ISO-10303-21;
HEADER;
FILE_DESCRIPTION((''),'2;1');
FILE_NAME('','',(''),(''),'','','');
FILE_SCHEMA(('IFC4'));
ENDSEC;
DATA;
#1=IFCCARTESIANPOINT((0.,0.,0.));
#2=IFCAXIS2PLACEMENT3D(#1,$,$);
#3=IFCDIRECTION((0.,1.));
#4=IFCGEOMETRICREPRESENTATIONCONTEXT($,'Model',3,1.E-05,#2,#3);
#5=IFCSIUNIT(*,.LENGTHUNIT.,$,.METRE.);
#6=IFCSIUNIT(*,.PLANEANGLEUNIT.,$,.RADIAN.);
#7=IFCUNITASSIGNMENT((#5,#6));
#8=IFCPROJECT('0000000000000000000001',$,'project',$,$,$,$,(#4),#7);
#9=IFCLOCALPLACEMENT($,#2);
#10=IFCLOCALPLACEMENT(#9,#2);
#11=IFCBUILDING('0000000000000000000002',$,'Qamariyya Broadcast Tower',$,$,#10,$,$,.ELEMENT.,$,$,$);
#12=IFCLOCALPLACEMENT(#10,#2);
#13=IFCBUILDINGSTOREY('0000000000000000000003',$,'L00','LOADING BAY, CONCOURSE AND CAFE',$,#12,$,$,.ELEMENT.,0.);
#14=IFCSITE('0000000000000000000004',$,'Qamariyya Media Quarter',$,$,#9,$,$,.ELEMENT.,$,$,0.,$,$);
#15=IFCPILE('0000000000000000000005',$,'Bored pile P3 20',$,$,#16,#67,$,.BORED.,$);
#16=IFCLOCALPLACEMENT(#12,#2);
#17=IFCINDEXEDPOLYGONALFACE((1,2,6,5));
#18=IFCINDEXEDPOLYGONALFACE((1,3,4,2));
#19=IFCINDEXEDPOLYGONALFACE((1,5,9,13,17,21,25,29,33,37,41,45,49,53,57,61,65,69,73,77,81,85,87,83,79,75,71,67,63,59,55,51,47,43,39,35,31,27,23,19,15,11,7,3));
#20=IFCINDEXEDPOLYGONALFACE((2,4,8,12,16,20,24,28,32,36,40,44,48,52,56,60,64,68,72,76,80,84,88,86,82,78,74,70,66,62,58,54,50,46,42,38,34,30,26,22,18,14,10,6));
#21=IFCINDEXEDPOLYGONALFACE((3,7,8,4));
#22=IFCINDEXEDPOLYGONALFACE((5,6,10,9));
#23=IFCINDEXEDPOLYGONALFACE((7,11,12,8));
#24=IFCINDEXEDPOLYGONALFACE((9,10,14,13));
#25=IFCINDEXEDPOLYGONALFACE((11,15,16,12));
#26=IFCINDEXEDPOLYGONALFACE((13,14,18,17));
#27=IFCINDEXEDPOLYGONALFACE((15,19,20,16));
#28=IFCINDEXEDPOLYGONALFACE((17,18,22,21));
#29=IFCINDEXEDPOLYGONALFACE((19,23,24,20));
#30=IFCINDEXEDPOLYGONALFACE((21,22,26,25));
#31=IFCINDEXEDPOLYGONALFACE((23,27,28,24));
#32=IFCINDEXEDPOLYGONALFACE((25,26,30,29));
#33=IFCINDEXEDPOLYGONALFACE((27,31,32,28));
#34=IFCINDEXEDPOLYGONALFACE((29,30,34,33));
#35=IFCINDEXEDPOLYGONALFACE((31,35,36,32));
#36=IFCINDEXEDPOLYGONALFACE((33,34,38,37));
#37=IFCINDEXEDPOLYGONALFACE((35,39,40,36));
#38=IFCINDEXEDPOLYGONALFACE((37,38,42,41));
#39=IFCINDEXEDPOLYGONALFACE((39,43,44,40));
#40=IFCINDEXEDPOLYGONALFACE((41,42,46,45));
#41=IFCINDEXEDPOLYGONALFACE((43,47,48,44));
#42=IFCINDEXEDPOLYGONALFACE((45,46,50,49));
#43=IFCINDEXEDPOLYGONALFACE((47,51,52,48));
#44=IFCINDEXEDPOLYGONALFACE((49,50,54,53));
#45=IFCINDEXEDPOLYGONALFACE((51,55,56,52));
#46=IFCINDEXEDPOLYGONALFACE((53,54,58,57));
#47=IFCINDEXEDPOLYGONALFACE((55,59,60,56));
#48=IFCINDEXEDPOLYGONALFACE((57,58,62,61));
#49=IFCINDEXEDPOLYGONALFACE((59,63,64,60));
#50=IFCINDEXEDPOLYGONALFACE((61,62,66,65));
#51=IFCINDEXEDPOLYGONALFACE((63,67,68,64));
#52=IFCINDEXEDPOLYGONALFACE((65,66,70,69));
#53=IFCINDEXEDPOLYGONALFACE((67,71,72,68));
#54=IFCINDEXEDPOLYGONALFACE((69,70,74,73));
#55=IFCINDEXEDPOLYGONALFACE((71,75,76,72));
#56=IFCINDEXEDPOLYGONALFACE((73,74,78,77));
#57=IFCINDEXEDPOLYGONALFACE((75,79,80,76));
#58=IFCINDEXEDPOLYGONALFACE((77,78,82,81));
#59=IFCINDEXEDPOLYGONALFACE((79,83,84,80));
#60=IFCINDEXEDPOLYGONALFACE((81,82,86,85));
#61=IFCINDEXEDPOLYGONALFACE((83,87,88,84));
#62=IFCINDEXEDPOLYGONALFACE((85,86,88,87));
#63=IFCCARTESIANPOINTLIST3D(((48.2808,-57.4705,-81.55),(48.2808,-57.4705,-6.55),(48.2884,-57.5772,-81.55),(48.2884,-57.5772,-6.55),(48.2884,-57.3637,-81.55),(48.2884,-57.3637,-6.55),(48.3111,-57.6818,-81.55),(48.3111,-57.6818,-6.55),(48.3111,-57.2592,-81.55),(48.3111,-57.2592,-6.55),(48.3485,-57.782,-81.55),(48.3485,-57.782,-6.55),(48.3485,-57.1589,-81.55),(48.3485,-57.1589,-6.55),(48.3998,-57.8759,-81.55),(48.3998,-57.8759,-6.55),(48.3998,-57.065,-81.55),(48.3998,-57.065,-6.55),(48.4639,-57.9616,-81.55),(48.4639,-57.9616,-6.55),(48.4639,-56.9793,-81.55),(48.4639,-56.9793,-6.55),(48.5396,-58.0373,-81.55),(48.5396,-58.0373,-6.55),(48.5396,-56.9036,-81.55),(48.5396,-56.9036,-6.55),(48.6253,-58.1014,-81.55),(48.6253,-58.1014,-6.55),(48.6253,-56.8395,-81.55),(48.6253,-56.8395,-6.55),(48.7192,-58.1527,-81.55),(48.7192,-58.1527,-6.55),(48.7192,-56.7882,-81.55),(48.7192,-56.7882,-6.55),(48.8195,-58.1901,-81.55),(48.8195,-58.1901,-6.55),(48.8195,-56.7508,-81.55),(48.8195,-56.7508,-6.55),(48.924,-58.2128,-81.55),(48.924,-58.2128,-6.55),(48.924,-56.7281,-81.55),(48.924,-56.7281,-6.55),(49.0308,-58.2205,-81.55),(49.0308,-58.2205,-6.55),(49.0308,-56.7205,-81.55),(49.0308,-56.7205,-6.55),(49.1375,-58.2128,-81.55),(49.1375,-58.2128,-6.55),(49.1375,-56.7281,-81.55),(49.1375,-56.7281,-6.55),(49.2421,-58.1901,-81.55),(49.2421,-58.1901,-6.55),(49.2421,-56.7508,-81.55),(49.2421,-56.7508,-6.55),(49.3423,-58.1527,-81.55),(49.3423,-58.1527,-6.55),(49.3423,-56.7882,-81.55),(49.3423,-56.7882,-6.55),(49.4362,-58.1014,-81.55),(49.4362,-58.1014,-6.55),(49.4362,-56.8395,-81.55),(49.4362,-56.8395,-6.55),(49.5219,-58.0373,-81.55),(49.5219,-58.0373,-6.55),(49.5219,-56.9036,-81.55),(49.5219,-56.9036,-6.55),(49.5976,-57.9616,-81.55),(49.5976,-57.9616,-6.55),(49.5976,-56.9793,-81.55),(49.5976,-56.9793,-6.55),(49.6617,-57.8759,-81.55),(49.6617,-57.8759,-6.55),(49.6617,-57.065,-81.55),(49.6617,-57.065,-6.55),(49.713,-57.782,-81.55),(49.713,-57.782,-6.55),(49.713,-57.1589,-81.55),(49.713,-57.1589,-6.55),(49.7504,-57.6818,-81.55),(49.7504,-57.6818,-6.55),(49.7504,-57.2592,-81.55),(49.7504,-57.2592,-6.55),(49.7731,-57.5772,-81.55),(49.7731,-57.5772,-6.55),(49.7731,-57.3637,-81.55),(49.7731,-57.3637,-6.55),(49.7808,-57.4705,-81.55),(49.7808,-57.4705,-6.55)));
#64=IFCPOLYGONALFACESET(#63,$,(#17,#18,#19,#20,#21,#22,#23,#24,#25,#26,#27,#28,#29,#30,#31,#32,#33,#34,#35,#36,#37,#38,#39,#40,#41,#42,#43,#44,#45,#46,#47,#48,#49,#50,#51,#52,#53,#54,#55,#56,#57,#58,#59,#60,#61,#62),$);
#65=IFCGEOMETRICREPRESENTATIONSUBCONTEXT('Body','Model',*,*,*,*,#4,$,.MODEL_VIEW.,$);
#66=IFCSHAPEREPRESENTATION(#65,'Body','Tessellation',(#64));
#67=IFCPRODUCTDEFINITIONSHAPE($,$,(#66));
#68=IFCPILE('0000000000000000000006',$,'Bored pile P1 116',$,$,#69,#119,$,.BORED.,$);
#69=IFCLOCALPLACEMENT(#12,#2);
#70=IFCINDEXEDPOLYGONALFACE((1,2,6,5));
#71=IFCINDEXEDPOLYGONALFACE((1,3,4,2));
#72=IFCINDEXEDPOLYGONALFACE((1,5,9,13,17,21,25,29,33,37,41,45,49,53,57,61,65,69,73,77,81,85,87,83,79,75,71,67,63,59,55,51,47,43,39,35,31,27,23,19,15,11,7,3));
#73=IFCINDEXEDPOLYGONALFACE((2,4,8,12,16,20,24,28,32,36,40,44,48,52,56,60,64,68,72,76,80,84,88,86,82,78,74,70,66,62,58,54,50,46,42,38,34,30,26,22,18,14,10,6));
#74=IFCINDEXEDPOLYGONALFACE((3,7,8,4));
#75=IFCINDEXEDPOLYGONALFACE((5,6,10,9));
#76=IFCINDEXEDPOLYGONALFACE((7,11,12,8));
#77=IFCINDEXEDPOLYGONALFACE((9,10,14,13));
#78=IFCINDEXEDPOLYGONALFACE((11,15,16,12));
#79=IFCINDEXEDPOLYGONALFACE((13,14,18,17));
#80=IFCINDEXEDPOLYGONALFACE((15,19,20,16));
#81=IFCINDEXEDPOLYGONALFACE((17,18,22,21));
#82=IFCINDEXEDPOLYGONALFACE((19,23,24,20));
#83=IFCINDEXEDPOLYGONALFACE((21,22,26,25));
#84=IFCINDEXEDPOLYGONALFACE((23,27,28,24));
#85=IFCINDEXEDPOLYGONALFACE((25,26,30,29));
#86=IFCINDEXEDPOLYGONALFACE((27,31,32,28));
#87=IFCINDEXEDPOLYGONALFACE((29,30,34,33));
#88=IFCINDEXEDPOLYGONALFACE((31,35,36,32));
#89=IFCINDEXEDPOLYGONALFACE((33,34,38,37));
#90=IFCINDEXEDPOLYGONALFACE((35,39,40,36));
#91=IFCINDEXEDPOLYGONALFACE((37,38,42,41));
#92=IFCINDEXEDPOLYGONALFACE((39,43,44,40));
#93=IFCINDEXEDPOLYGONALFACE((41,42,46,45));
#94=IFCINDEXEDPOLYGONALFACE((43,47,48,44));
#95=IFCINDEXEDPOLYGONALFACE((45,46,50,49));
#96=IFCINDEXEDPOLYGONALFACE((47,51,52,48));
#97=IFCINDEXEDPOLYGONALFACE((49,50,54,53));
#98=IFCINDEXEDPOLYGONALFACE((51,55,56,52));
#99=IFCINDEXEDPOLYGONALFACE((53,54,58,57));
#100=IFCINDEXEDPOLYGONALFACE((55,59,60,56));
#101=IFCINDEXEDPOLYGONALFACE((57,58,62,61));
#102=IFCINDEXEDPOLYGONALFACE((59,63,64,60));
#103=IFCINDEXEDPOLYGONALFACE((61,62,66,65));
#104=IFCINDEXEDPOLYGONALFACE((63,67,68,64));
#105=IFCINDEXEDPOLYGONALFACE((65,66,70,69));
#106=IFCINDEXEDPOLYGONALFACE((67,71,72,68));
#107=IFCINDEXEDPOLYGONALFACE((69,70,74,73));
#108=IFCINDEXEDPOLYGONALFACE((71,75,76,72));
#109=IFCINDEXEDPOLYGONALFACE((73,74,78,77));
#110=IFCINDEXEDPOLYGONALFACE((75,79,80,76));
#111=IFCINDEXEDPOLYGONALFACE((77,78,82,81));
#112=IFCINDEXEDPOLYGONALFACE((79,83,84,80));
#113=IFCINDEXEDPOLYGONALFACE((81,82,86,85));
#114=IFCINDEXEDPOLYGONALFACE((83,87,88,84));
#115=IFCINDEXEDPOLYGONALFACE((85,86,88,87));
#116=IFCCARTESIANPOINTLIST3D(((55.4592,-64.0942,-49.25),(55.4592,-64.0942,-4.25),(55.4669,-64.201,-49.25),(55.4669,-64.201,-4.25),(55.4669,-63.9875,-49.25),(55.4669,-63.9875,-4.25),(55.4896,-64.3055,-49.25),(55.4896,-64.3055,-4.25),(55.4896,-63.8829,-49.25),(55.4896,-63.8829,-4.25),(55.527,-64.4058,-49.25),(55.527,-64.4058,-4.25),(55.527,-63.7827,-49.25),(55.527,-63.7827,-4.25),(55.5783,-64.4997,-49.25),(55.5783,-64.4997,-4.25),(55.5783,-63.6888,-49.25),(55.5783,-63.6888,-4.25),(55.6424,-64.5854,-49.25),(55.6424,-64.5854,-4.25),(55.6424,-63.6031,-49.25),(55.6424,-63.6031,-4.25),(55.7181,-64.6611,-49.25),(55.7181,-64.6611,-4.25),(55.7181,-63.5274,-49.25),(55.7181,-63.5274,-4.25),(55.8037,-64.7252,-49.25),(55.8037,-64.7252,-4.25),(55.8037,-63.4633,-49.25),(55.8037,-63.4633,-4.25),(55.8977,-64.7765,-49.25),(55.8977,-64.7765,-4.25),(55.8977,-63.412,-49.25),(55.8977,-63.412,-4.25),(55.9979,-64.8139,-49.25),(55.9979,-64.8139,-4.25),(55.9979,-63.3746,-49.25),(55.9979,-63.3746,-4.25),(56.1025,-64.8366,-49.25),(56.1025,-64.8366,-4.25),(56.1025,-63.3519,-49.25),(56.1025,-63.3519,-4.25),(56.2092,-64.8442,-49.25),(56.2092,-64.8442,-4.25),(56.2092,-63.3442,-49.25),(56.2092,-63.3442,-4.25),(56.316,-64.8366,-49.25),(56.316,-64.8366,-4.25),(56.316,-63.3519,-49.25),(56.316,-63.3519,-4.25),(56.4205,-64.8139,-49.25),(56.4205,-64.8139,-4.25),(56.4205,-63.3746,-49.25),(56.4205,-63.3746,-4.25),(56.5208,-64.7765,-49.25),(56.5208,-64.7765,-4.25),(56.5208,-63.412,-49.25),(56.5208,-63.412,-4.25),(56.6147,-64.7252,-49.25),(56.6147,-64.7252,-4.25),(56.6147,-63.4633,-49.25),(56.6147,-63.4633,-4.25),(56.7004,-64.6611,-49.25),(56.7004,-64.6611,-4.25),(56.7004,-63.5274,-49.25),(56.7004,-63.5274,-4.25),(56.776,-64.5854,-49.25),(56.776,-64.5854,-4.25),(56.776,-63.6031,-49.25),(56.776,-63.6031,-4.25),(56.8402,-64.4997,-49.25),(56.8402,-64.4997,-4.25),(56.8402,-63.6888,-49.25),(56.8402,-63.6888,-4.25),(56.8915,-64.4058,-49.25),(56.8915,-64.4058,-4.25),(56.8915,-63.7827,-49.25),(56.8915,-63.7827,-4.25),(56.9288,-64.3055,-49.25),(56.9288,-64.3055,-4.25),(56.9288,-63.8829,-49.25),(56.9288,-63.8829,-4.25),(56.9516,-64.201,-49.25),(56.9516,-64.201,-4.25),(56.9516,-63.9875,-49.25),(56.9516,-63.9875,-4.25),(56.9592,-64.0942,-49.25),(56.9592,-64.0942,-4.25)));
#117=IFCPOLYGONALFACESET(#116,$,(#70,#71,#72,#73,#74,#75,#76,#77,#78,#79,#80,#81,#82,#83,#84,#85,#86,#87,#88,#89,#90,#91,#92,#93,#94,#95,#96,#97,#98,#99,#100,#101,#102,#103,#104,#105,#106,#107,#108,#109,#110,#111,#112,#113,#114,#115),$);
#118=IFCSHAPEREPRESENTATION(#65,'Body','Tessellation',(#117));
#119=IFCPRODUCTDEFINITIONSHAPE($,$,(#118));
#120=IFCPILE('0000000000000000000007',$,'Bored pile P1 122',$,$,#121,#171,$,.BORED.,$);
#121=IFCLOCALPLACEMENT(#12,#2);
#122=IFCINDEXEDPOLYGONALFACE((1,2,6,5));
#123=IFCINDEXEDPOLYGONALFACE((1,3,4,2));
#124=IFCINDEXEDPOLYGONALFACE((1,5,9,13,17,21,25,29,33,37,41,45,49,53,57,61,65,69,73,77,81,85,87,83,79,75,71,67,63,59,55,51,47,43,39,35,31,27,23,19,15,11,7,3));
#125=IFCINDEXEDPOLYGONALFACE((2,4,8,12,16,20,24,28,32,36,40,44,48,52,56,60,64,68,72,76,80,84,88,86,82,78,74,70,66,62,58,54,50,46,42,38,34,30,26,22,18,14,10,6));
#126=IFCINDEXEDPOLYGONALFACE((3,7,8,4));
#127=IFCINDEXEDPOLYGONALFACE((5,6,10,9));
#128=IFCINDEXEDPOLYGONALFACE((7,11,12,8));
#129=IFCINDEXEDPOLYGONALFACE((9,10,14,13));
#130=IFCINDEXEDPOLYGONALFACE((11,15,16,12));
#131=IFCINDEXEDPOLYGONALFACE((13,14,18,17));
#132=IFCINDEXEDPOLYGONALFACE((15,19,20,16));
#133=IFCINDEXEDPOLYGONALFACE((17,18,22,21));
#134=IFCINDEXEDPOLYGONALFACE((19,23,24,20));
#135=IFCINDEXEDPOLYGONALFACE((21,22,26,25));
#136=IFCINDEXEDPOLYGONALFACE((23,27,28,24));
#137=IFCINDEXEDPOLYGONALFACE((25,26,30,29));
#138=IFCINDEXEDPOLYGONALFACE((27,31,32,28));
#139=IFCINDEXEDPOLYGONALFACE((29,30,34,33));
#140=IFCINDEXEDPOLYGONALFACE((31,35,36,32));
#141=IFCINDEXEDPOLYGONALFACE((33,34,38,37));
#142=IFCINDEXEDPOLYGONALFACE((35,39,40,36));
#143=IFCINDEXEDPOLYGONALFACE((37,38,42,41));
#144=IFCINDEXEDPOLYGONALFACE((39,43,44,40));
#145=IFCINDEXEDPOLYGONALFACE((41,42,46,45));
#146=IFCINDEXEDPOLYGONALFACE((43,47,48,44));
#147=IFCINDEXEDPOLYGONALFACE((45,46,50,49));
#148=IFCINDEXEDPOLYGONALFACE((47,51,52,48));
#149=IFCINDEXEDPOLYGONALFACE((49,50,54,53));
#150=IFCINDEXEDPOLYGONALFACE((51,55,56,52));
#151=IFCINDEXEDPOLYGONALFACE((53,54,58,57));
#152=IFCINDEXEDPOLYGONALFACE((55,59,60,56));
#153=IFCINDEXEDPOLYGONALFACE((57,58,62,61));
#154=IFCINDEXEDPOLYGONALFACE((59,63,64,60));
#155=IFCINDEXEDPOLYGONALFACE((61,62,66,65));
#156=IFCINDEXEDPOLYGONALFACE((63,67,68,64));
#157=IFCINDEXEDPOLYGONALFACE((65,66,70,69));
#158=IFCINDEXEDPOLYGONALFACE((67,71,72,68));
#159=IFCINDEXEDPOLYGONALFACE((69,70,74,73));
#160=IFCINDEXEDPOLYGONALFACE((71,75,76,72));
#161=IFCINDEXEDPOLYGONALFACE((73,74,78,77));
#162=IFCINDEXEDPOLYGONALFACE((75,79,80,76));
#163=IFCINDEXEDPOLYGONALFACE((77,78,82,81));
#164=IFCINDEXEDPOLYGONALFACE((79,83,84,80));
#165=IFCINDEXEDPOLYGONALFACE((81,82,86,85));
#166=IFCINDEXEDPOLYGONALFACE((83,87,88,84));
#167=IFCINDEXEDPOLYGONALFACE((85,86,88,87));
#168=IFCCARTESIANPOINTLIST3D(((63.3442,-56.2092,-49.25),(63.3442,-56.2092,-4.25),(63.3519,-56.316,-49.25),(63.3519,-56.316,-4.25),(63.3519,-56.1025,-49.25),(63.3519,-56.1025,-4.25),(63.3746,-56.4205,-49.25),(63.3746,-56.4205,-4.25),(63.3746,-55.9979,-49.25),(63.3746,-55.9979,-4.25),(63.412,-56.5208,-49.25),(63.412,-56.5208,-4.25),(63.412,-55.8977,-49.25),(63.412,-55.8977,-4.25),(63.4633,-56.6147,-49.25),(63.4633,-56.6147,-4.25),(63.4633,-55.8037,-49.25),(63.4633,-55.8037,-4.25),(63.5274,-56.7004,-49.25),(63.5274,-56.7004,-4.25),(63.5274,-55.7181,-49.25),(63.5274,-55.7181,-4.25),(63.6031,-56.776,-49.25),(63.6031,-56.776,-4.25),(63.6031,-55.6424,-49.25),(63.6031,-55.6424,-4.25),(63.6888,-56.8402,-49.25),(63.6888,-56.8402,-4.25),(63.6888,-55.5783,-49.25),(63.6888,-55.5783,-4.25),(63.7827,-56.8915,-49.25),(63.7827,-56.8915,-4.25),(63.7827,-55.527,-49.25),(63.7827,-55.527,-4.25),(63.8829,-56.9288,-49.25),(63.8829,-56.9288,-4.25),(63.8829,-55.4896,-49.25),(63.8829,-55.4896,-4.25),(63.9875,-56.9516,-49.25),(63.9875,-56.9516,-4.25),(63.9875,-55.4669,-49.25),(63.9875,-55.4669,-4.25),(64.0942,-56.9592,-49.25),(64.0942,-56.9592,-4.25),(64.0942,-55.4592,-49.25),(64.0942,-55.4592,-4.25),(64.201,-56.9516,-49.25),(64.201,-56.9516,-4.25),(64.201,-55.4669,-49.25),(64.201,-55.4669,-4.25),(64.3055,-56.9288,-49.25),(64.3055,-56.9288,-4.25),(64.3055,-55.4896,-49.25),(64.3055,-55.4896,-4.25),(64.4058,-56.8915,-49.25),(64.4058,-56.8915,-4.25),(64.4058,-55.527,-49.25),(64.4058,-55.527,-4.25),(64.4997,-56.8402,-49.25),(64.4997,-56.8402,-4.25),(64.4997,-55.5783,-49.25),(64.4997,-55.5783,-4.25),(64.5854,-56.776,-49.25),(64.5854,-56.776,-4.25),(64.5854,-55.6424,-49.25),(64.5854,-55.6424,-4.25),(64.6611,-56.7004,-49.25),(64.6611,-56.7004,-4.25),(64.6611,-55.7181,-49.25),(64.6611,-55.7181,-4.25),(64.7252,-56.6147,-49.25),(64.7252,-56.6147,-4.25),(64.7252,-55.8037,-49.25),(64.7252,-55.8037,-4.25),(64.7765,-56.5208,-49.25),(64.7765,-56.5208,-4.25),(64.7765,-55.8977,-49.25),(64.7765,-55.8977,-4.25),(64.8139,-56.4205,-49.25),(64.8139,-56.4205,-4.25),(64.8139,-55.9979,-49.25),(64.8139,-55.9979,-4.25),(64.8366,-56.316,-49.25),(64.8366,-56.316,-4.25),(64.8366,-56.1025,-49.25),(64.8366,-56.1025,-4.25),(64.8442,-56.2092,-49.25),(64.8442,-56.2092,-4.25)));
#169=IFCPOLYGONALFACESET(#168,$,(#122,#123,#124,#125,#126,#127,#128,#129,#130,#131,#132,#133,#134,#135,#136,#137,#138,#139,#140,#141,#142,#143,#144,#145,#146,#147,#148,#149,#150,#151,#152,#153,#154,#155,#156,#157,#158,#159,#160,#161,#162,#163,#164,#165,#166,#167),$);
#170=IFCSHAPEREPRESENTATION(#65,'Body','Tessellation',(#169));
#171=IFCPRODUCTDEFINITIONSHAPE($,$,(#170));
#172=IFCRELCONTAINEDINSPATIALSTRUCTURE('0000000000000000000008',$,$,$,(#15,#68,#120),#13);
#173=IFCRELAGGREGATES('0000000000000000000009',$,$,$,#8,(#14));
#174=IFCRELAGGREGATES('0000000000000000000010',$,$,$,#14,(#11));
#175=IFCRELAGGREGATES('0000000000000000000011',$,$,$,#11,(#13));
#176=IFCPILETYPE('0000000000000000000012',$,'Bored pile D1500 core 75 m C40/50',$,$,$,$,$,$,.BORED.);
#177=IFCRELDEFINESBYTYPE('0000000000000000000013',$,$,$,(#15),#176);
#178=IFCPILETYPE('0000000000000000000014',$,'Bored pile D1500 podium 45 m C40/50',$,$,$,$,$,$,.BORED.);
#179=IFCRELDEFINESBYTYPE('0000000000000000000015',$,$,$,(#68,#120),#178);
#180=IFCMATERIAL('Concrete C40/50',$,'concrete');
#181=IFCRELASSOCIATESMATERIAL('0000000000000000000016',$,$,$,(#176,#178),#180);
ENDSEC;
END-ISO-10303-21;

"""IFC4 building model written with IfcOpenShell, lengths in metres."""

from ifc_helpers import new_model, si_unit, direction, frame, origin, origin_2d, place, context, subcontext, project, spatial, circle, extrude, material, material_profile, profile_set, type_object, element, save


model = new_model("IFC4")

# Units and contexts
model_context = context("Model", 3, precision=1e-05, world=origin(), true_north=direction((0.0, 1.0)))
body_context = subcontext(model_context, "Body", "Model", "MODEL_VIEW")
ifc_project = project(units=[si_unit("LENGTHUNIT", "METRE"), si_unit("PLANEANGLEUNIT", "RADIAN")], contexts=[model_context])

# Site, building, storey
site_placement = place(None, origin())
site = spatial("IfcSite", under=ifc_project, at=site_placement, Name="Qamariyya Media Quarter", CompositionType="ELEMENT", RefElevation=0.0)
building_placement = place(site_placement, origin())
building = spatial("IfcBuilding", under=site, at=building_placement, Name="Qamariyya Broadcast Tower", CompositionType="ELEMENT")
storey_placement = place(building_placement, origin())
storey = spatial("IfcBuildingStorey", under=building, at=storey_placement, Name="L00", Description="LOADING BAY, CONCOURSE AND CAFE", CompositionType="ELEMENT", Elevation=0.0)

# Piles
ifc_material_1 = material(Name="Concrete C40/50", Category="concrete")
ifc_material_profile_1 = material_profile(ifc_material_1, circle(Radius=0.75, at=origin_2d()))
ifc_profile_set_1 = profile_set([ifc_material_profile_1], Name="Concrete C40/50")
pile_type_1 = type_object("IfcPileType", Name="Bored pile D1500 core 75 m C40/50", PredefinedType="BORED", material=ifc_profile_set_1)
pile_placement = place(storey_placement, frame((49.0308, -57.4705, -6.55), z_axis=(0.0, 0.0, -1.0), x_axis=(1.0, 0.0, 0.0)))
element("IfcPile", 1, at=pile_placement, inside=storey, type_object=pile_type_1, Name="Bored pile P3 20", PredefinedType="BORED", context=body_context, shape_type="SweptSolid", body=[
    extrude(circle(Radius=0.75, at=origin_2d()), origin(), (0.0, 0.0, 1.0), 75.0),
])
ifc_material_profile_2 = material_profile(ifc_material_1, circle(Radius=0.75, at=origin_2d()))
ifc_profile_set_2 = profile_set([ifc_material_profile_2], Name="Concrete C40/50")
pile_type_2 = type_object("IfcPileType", Name="Bored pile D1500 podium 45 m C40/50", PredefinedType="BORED", material=ifc_profile_set_2)
for number, where, z_axis, x_axis, name in (
    (2, (56.2092, -64.0942, -4.25), (0.0, 0.0, -1.0), (1.0, 0.0, 0.0), "Bored pile P1 116"),
    (3, (64.0942, -56.2092, -4.25), (0.0, 0.0, -1.0), (1.0, 0.0, 0.0), "Bored pile P1 122"),
):
    element("IfcPile", number, at=place(storey_placement, frame(where, z_axis=z_axis, x_axis=x_axis)), inside=storey, type_object=pile_type_2, Name=name, PredefinedType="BORED", context=body_context, shape_type="SweptSolid", body=[
        extrude(circle(Radius=0.75, at=origin_2d()), origin(), (0.0, 0.0, 1.0), 45.0),
    ])

save(model, "model.ifc")
